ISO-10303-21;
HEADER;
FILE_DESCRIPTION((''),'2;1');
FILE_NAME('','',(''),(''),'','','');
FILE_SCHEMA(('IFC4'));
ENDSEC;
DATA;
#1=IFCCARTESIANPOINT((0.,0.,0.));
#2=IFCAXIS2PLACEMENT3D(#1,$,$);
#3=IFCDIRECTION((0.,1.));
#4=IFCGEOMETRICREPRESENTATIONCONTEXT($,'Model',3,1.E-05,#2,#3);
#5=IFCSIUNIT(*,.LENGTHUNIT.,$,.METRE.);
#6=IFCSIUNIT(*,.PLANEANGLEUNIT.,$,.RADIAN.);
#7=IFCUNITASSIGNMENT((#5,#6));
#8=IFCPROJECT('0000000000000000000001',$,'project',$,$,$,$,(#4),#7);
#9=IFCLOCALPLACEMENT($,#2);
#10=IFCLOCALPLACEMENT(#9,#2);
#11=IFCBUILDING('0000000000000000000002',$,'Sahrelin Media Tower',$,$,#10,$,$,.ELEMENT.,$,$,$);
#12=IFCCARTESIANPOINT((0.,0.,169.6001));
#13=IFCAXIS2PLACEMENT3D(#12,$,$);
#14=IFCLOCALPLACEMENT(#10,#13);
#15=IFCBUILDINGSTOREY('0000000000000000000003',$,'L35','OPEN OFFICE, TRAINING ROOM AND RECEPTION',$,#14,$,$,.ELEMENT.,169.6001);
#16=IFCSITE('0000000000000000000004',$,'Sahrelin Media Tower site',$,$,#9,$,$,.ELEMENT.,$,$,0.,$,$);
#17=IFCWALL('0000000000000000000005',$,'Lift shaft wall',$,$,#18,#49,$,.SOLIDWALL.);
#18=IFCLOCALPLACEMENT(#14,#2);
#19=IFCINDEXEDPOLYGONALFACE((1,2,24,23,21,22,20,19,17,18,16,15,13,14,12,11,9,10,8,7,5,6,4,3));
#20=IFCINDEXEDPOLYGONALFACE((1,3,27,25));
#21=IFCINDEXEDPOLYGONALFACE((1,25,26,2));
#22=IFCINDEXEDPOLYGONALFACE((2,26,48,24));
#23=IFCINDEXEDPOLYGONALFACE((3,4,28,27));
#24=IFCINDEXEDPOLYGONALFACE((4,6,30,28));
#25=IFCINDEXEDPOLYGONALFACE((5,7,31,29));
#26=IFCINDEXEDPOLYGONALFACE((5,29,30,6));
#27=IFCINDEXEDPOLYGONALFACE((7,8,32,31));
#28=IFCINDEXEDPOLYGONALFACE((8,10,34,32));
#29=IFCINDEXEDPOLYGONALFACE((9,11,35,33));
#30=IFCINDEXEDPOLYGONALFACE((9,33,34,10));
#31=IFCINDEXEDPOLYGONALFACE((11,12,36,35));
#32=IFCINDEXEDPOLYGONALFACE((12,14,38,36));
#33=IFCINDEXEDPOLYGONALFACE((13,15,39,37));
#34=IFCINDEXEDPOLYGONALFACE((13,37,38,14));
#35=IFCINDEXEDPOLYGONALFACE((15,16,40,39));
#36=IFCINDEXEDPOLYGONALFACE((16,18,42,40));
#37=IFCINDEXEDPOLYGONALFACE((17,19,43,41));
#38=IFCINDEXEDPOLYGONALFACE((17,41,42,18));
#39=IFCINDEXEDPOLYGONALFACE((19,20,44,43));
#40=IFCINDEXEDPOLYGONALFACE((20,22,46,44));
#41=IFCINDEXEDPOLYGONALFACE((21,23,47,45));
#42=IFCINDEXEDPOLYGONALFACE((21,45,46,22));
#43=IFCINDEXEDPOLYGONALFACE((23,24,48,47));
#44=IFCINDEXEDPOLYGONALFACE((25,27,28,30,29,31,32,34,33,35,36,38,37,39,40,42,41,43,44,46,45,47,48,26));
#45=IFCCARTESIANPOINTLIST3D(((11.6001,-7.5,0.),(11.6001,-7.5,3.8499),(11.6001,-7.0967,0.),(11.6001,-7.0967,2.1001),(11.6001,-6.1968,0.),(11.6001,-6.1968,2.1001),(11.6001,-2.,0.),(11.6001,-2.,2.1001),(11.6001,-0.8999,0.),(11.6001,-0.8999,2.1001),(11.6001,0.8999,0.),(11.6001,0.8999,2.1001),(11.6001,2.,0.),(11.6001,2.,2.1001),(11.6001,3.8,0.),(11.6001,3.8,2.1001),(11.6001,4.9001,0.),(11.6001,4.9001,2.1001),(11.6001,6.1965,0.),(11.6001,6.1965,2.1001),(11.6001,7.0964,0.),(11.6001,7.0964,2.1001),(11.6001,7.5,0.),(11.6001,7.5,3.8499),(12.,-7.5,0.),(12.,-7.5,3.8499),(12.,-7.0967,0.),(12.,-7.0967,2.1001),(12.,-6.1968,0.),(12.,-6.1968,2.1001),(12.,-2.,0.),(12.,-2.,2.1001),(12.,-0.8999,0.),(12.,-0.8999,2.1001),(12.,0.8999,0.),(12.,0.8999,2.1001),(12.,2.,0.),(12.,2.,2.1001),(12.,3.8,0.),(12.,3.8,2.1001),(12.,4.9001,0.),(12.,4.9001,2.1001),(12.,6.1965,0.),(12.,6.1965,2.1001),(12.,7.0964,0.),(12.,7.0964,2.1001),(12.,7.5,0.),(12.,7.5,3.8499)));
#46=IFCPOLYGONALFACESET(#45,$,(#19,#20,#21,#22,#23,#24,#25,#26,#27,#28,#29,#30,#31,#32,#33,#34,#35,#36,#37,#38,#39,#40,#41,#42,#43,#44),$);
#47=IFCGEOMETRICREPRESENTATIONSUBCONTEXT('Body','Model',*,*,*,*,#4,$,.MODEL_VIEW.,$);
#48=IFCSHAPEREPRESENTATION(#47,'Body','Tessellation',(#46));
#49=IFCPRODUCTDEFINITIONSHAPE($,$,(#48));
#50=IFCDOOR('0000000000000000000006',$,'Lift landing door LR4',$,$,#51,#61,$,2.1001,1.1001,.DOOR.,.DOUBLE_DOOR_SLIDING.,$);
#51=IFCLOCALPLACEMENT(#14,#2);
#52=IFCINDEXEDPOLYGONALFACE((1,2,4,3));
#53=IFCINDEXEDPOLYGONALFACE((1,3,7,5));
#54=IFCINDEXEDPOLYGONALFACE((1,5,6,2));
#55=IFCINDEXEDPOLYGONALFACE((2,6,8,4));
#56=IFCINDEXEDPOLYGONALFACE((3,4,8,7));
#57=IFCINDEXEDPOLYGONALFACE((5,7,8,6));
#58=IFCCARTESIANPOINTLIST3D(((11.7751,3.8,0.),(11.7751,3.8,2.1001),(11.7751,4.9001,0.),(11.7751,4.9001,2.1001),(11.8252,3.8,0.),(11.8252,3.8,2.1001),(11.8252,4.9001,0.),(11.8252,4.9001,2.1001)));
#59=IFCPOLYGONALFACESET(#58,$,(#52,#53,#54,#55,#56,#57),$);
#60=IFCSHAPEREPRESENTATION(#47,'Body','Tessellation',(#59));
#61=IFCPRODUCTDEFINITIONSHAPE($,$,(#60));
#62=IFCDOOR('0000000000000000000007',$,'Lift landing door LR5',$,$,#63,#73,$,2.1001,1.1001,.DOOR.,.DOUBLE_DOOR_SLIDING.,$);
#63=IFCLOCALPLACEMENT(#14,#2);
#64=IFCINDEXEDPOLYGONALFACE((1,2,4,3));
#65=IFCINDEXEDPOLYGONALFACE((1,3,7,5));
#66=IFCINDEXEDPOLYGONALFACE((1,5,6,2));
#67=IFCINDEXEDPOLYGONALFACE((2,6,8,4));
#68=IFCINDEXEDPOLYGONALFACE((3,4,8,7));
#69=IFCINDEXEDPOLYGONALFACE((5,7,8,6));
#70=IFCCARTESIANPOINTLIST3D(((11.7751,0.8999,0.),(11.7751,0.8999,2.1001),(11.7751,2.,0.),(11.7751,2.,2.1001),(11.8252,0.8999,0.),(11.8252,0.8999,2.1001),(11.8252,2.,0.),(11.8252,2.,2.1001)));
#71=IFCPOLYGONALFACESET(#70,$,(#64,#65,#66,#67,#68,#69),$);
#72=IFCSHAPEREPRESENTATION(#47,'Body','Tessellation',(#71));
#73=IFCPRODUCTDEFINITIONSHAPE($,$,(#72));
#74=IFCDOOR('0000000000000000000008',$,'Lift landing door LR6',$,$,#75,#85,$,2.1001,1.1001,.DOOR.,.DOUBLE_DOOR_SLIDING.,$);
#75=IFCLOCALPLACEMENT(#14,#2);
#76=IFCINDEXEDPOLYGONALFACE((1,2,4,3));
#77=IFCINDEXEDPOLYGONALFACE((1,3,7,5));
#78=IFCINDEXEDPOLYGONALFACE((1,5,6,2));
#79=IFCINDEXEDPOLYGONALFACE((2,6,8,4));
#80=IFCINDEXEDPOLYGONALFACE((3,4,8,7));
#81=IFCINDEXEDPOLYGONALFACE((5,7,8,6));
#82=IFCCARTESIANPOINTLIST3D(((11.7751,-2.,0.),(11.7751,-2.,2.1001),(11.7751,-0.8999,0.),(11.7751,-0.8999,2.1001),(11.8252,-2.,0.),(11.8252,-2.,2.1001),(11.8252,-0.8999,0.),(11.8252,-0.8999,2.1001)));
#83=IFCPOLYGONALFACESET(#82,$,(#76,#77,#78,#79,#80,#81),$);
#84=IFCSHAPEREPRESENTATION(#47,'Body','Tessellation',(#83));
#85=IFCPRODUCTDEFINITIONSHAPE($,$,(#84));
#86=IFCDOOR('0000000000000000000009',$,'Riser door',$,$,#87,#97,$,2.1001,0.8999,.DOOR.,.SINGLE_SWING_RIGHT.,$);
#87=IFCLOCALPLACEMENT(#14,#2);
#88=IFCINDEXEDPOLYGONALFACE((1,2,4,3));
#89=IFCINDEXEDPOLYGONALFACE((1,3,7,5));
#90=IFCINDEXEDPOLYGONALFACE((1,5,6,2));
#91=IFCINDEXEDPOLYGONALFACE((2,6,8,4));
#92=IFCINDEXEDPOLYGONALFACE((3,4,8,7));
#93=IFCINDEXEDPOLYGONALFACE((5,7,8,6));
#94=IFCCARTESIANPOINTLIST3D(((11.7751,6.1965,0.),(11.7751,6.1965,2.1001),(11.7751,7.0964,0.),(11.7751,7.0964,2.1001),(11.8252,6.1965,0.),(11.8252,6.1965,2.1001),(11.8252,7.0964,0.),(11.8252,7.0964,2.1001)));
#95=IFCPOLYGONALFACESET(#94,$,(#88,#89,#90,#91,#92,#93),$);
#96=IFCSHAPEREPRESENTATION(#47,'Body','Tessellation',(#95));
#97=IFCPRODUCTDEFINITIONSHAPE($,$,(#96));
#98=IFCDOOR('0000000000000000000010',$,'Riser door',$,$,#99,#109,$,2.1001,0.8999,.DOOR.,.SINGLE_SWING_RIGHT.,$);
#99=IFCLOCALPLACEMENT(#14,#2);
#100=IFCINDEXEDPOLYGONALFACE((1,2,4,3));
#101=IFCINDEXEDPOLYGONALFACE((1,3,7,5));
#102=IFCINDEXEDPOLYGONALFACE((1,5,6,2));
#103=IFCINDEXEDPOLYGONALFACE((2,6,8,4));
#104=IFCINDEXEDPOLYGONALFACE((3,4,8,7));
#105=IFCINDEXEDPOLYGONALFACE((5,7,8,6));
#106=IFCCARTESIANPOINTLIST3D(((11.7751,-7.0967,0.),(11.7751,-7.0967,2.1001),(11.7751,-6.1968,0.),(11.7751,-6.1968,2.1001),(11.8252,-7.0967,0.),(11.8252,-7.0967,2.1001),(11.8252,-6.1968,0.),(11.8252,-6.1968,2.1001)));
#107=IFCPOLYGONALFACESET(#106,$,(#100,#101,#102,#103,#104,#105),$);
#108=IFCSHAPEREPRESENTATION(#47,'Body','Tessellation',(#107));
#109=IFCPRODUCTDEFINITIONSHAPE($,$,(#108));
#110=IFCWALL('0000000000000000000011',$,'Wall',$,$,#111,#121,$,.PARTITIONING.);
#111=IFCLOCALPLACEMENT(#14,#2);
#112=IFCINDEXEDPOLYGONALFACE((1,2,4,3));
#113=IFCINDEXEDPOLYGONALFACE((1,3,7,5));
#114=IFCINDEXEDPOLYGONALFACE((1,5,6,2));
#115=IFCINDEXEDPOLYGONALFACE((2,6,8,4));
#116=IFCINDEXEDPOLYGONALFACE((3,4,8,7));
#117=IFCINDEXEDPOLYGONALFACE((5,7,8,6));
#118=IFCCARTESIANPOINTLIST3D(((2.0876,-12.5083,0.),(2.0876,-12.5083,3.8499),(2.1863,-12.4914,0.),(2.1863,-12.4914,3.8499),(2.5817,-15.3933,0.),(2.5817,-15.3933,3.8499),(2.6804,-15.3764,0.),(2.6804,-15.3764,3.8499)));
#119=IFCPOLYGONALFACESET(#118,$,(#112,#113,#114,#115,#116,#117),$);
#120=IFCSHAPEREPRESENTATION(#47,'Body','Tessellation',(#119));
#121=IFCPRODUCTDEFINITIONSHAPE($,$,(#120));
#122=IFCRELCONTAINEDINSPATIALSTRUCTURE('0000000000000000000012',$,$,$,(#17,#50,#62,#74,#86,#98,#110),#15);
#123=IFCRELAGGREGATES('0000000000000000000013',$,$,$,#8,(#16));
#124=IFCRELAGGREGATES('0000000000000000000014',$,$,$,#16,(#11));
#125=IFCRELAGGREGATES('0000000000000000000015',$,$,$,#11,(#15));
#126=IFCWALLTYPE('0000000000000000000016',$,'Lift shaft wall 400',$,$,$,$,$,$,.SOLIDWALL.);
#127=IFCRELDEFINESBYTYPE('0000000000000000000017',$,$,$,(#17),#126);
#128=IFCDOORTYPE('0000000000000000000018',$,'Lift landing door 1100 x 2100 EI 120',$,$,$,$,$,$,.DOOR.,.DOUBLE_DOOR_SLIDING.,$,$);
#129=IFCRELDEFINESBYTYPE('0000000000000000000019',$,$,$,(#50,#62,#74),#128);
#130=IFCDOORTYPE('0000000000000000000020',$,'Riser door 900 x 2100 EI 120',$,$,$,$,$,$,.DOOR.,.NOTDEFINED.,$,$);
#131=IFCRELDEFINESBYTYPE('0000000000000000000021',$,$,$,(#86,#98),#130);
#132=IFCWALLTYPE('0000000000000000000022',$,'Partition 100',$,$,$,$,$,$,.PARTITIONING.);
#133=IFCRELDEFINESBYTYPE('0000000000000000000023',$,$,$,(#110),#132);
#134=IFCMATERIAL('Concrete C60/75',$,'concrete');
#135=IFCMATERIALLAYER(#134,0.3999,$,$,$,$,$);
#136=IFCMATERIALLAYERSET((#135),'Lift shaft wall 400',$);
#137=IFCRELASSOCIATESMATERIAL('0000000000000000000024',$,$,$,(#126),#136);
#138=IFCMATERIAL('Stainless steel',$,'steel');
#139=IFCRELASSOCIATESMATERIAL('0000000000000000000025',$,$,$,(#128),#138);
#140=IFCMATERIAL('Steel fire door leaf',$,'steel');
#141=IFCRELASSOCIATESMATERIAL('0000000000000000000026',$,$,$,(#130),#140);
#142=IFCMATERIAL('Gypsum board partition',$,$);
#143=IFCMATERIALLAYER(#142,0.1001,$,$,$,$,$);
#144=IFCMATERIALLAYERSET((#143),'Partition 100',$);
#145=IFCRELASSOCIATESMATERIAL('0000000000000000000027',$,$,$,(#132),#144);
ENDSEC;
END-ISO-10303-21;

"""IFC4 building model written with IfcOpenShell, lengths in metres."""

from ifc_helpers import new_model, si_unit, direction, frame, frame_2d, origin, place, context, subcontext, project, spatial, rectangle, extrude, material, layer, layer_set, type_object, element, fill, save


model = new_model("IFC4")

# Units and contexts
model_context = context("Model", 3, precision=1e-05, world=origin(), true_north=direction((0.0, 1.0)))
body_context = subcontext(model_context, "Body", "Model", "MODEL_VIEW")
ifc_project = project(units=[si_unit("LENGTHUNIT", "METRE"), si_unit("PLANEANGLEUNIT", "RADIAN")], contexts=[model_context])

# Site, building, storey
site_placement = place(None, origin())
site = spatial("IfcSite", under=ifc_project, at=site_placement, Name="Sahrelin Media Tower site", CompositionType="ELEMENT", RefElevation=0.0)
building_placement = place(site_placement, origin())
building = spatial("IfcBuilding", under=site, at=building_placement, Name="Sahrelin Media Tower", CompositionType="ELEMENT")
storey_placement = place(building_placement, frame((0.0, 0.0, 169.6001)))
storey = spatial("IfcBuildingStorey", under=building, at=storey_placement, Name="L35", Description="OPEN OFFICE, TRAINING ROOM AND RECEPTION", CompositionType="ELEMENT", Elevation=169.6001)

# Shared definitions
ifc_material_1 = material(Name="Steel fire door leaf", Category="steel")

# Wall, openings, doors
ifc_material_2 = material(Name="Concrete C60/75", Category="concrete")
ifc_layer_1 = layer(ifc_material_2, 0.3999)
ifc_layer_set_1 = layer_set([ifc_layer_1], Name="Lift shaft wall 400")
wall_type_1 = type_object("IfcWallType", Name="Lift shaft wall 400", PredefinedType="SOLIDWALL", material=ifc_layer_set_1)
wall_1_placement = place(storey_placement, frame((11.8, -7.5, 0.0), z_axis=(0.0, 0.0, 1.0), x_axis=(0.0, 1.0, 0.0)))
wall_1 = element("IfcWall", 1, at=wall_1_placement, inside=storey, type_object=wall_type_1, Name="Lift shaft wall", PredefinedType="SOLIDWALL", context=body_context, shape_type="SweptSolid", body=[
    extrude(rectangle(XDim=15.0, YDim=0.3999, at=frame_2d((7.5, 0.0))), origin(), (0.0, 0.0, 1.0), 3.8499),
])
opening_1_placement = place(wall_1_placement, frame((11.3, 0.0, 0.0)))
opening_1 = element("IfcOpeningElement", 2, at=opening_1_placement, cuts=wall_1, PredefinedType="OPENING", context=body_context, shape_type="SweptSolid", body=[
    extrude(rectangle(XDim=1.1001, YDim=2.1001, at=frame_2d((0.55, 1.05))), frame((0.0, 0.2, 0.0), z_axis=(0.0, -1.0, 0.0), x_axis=(1.0, 0.0, 0.0)), (0.0, 0.0, 1.0), 0.3999),
])
opening_2_placement = place(wall_1_placement, frame((8.3999, 0.0, 0.0)))
opening_2 = element("IfcOpeningElement", 3, at=opening_2_placement, cuts=wall_1, PredefinedType="OPENING", context=body_context, shape_type="SweptSolid", body=[
    extrude(rectangle(XDim=1.1001, YDim=2.1001, at=frame_2d((0.55, 1.05))), frame((0.0, 0.2, 0.0), z_axis=(0.0, -1.0, 0.0), x_axis=(1.0, 0.0, 0.0)), (0.0, 0.0, 1.0), 0.3999),
])
opening_3_placement = place(wall_1_placement, frame((5.5, 0.0, 0.0)))
opening_3 = element("IfcOpeningElement", 4, at=opening_3_placement, cuts=wall_1, PredefinedType="OPENING", context=body_context, shape_type="SweptSolid", body=[
    extrude(rectangle(XDim=1.1001, YDim=2.1001, at=frame_2d((0.55, 1.05))), frame((0.0, 0.2, 0.0), z_axis=(0.0, -1.0, 0.0), x_axis=(1.0, 0.0, 0.0)), (0.0, 0.0, 1.0), 0.3999),
])
opening_4_placement = place(wall_1_placement, frame((13.6965, 0.0, 0.0)))
opening_4 = element("IfcOpeningElement", 5, at=opening_4_placement, cuts=wall_1, PredefinedType="OPENING", context=body_context, shape_type="SweptSolid", body=[
    extrude(rectangle(XDim=0.8999, YDim=2.1001, at=frame_2d((0.45, 1.05))), frame((0.0, 0.2, 0.0), z_axis=(0.0, -1.0, 0.0), x_axis=(1.0, 0.0, 0.0)), (0.0, 0.0, 1.0), 0.3999),
])
opening_5_placement = place(wall_1_placement, frame((0.4033, 0.0, 0.0)))
opening_5 = element("IfcOpeningElement", 6, at=opening_5_placement, cuts=wall_1, PredefinedType="OPENING", context=body_context, shape_type="SweptSolid", body=[
    extrude(rectangle(XDim=0.8999, YDim=2.1001, at=frame_2d((0.45, 1.05))), frame((0.0, 0.2, 0.0), z_axis=(0.0, -1.0, 0.0), x_axis=(1.0, 0.0, 0.0)), (0.0, 0.0, 1.0), 0.3999),
])
ifc_material_3 = material(Name="Stainless steel", Category="steel")
door_type_1 = type_object("IfcDoorType", Name="Lift landing door 1100 x 2100 EI 120", OperationType="DOUBLE_DOOR_SLIDING", PredefinedType="DOOR", material=ifc_material_3)
door_1_placement = place(opening_1_placement, origin())
door_1 = element("IfcDoor", 7, at=door_1_placement, inside=storey, type_object=door_type_1, Name="Lift landing door LR4", OperationType="DOUBLE_DOOR_SLIDING", OverallHeight=2.1001, OverallWidth=1.1001, PredefinedType="DOOR", context=body_context, shape_type="SweptSolid", body=[
    extrude(rectangle(XDim=1.1001, YDim=2.1001, at=frame_2d((0.55, 1.05))), frame((0.0, 0.0249, 0.0), z_axis=(0.0, -1.0, 0.0), x_axis=(1.0, 0.0, 0.0)), (0.0, 0.0, 1.0), 0.05),
])
fill(opening_1, door_1)
door_2_placement = place(opening_2_placement, origin())
door_2 = element("IfcDoor", 8, at=door_2_placement, inside=storey, type_object=door_type_1, Name="Lift landing door LR5", OperationType="DOUBLE_DOOR_SLIDING", OverallHeight=2.1001, OverallWidth=1.1001, PredefinedType="DOOR", context=body_context, shape_type="SweptSolid", body=[
    extrude(rectangle(XDim=1.1001, YDim=2.1001, at=frame_2d((0.55, 1.05))), frame((0.0, 0.0249, 0.0), z_axis=(0.0, -1.0, 0.0), x_axis=(1.0, 0.0, 0.0)), (0.0, 0.0, 1.0), 0.05),
])
fill(opening_2, door_2)
door_3_placement = place(opening_3_placement, origin())
door_3 = element("IfcDoor", 9, at=door_3_placement, inside=storey, type_object=door_type_1, Name="Lift landing door LR6", OperationType="DOUBLE_DOOR_SLIDING", OverallHeight=2.1001, OverallWidth=1.1001, PredefinedType="DOOR", context=body_context, shape_type="SweptSolid", body=[
    extrude(rectangle(XDim=1.1001, YDim=2.1001, at=frame_2d((0.55, 1.05))), frame((0.0, 0.0249, 0.0), z_axis=(0.0, -1.0, 0.0), x_axis=(1.0, 0.0, 0.0)), (0.0, 0.0, 1.0), 0.05),
])
fill(opening_3, door_3)
door_type_2 = type_object("IfcDoorType", Name="Riser door 900 x 2100 EI 120", OperationType="NOTDEFINED", PredefinedType="DOOR", material=ifc_material_1)
door_4_placement = place(opening_4_placement, origin())
door_4 = element("IfcDoor", 10, at=door_4_placement, inside=storey, type_object=door_type_2, Name="Riser door", OperationType="SINGLE_SWING_RIGHT", OverallHeight=2.1001, OverallWidth=0.8999, PredefinedType="DOOR", context=body_context, shape_type="SweptSolid", body=[
    extrude(rectangle(XDim=0.8999, YDim=2.1001, at=frame_2d((0.45, 1.05))), frame((0.0, 0.0249, 0.0), z_axis=(0.0, -1.0, 0.0), x_axis=(1.0, 0.0, 0.0)), (0.0, 0.0, 1.0), 0.05),
])
fill(opening_4, door_4)
door_5_placement = place(opening_5_placement, origin())
door_5 = element("IfcDoor", 11, at=door_5_placement, inside=storey, type_object=door_type_2, Name="Riser door", OperationType="SINGLE_SWING_RIGHT", OverallHeight=2.1001, OverallWidth=0.8999, PredefinedType="DOOR", context=body_context, shape_type="SweptSolid", body=[
    extrude(rectangle(XDim=0.8999, YDim=2.1001, at=frame_2d((0.45, 1.05))), frame((0.0, 0.0249, 0.0), z_axis=(0.0, -1.0, 0.0), x_axis=(1.0, 0.0, 0.0)), (0.0, 0.0, 1.0), 0.05),
])
fill(opening_5, door_5)

# Wall
ifc_material_4 = material(Name="Gypsum board partition")
ifc_layer_2 = layer(ifc_material_4, 0.1001)
ifc_layer_set_2 = layer_set([ifc_layer_2], Name="Partition 100")
wall_type_2 = type_object("IfcWallType", Name="Partition 100", PredefinedType="PARTITIONING", material=ifc_layer_set_2)
wall_2_placement = place(storey_placement, frame((2.137, -12.5, 0.0), z_axis=(0.0, 0.0, 1.0), x_axis=(0.16882, -0.985647, 0.0)))
element("IfcWall", 12, at=wall_2_placement, inside=storey, type_object=wall_type_2, Name="Wall", PredefinedType="PARTITIONING", context=body_context, shape_type="SweptSolid", body=[
    extrude(rectangle(XDim=2.927, YDim=0.1001, at=frame_2d((1.4634, 0.0))), origin(), (0.0, 0.0, 1.0), 3.8499),
])

save(model, "model.ifc")
